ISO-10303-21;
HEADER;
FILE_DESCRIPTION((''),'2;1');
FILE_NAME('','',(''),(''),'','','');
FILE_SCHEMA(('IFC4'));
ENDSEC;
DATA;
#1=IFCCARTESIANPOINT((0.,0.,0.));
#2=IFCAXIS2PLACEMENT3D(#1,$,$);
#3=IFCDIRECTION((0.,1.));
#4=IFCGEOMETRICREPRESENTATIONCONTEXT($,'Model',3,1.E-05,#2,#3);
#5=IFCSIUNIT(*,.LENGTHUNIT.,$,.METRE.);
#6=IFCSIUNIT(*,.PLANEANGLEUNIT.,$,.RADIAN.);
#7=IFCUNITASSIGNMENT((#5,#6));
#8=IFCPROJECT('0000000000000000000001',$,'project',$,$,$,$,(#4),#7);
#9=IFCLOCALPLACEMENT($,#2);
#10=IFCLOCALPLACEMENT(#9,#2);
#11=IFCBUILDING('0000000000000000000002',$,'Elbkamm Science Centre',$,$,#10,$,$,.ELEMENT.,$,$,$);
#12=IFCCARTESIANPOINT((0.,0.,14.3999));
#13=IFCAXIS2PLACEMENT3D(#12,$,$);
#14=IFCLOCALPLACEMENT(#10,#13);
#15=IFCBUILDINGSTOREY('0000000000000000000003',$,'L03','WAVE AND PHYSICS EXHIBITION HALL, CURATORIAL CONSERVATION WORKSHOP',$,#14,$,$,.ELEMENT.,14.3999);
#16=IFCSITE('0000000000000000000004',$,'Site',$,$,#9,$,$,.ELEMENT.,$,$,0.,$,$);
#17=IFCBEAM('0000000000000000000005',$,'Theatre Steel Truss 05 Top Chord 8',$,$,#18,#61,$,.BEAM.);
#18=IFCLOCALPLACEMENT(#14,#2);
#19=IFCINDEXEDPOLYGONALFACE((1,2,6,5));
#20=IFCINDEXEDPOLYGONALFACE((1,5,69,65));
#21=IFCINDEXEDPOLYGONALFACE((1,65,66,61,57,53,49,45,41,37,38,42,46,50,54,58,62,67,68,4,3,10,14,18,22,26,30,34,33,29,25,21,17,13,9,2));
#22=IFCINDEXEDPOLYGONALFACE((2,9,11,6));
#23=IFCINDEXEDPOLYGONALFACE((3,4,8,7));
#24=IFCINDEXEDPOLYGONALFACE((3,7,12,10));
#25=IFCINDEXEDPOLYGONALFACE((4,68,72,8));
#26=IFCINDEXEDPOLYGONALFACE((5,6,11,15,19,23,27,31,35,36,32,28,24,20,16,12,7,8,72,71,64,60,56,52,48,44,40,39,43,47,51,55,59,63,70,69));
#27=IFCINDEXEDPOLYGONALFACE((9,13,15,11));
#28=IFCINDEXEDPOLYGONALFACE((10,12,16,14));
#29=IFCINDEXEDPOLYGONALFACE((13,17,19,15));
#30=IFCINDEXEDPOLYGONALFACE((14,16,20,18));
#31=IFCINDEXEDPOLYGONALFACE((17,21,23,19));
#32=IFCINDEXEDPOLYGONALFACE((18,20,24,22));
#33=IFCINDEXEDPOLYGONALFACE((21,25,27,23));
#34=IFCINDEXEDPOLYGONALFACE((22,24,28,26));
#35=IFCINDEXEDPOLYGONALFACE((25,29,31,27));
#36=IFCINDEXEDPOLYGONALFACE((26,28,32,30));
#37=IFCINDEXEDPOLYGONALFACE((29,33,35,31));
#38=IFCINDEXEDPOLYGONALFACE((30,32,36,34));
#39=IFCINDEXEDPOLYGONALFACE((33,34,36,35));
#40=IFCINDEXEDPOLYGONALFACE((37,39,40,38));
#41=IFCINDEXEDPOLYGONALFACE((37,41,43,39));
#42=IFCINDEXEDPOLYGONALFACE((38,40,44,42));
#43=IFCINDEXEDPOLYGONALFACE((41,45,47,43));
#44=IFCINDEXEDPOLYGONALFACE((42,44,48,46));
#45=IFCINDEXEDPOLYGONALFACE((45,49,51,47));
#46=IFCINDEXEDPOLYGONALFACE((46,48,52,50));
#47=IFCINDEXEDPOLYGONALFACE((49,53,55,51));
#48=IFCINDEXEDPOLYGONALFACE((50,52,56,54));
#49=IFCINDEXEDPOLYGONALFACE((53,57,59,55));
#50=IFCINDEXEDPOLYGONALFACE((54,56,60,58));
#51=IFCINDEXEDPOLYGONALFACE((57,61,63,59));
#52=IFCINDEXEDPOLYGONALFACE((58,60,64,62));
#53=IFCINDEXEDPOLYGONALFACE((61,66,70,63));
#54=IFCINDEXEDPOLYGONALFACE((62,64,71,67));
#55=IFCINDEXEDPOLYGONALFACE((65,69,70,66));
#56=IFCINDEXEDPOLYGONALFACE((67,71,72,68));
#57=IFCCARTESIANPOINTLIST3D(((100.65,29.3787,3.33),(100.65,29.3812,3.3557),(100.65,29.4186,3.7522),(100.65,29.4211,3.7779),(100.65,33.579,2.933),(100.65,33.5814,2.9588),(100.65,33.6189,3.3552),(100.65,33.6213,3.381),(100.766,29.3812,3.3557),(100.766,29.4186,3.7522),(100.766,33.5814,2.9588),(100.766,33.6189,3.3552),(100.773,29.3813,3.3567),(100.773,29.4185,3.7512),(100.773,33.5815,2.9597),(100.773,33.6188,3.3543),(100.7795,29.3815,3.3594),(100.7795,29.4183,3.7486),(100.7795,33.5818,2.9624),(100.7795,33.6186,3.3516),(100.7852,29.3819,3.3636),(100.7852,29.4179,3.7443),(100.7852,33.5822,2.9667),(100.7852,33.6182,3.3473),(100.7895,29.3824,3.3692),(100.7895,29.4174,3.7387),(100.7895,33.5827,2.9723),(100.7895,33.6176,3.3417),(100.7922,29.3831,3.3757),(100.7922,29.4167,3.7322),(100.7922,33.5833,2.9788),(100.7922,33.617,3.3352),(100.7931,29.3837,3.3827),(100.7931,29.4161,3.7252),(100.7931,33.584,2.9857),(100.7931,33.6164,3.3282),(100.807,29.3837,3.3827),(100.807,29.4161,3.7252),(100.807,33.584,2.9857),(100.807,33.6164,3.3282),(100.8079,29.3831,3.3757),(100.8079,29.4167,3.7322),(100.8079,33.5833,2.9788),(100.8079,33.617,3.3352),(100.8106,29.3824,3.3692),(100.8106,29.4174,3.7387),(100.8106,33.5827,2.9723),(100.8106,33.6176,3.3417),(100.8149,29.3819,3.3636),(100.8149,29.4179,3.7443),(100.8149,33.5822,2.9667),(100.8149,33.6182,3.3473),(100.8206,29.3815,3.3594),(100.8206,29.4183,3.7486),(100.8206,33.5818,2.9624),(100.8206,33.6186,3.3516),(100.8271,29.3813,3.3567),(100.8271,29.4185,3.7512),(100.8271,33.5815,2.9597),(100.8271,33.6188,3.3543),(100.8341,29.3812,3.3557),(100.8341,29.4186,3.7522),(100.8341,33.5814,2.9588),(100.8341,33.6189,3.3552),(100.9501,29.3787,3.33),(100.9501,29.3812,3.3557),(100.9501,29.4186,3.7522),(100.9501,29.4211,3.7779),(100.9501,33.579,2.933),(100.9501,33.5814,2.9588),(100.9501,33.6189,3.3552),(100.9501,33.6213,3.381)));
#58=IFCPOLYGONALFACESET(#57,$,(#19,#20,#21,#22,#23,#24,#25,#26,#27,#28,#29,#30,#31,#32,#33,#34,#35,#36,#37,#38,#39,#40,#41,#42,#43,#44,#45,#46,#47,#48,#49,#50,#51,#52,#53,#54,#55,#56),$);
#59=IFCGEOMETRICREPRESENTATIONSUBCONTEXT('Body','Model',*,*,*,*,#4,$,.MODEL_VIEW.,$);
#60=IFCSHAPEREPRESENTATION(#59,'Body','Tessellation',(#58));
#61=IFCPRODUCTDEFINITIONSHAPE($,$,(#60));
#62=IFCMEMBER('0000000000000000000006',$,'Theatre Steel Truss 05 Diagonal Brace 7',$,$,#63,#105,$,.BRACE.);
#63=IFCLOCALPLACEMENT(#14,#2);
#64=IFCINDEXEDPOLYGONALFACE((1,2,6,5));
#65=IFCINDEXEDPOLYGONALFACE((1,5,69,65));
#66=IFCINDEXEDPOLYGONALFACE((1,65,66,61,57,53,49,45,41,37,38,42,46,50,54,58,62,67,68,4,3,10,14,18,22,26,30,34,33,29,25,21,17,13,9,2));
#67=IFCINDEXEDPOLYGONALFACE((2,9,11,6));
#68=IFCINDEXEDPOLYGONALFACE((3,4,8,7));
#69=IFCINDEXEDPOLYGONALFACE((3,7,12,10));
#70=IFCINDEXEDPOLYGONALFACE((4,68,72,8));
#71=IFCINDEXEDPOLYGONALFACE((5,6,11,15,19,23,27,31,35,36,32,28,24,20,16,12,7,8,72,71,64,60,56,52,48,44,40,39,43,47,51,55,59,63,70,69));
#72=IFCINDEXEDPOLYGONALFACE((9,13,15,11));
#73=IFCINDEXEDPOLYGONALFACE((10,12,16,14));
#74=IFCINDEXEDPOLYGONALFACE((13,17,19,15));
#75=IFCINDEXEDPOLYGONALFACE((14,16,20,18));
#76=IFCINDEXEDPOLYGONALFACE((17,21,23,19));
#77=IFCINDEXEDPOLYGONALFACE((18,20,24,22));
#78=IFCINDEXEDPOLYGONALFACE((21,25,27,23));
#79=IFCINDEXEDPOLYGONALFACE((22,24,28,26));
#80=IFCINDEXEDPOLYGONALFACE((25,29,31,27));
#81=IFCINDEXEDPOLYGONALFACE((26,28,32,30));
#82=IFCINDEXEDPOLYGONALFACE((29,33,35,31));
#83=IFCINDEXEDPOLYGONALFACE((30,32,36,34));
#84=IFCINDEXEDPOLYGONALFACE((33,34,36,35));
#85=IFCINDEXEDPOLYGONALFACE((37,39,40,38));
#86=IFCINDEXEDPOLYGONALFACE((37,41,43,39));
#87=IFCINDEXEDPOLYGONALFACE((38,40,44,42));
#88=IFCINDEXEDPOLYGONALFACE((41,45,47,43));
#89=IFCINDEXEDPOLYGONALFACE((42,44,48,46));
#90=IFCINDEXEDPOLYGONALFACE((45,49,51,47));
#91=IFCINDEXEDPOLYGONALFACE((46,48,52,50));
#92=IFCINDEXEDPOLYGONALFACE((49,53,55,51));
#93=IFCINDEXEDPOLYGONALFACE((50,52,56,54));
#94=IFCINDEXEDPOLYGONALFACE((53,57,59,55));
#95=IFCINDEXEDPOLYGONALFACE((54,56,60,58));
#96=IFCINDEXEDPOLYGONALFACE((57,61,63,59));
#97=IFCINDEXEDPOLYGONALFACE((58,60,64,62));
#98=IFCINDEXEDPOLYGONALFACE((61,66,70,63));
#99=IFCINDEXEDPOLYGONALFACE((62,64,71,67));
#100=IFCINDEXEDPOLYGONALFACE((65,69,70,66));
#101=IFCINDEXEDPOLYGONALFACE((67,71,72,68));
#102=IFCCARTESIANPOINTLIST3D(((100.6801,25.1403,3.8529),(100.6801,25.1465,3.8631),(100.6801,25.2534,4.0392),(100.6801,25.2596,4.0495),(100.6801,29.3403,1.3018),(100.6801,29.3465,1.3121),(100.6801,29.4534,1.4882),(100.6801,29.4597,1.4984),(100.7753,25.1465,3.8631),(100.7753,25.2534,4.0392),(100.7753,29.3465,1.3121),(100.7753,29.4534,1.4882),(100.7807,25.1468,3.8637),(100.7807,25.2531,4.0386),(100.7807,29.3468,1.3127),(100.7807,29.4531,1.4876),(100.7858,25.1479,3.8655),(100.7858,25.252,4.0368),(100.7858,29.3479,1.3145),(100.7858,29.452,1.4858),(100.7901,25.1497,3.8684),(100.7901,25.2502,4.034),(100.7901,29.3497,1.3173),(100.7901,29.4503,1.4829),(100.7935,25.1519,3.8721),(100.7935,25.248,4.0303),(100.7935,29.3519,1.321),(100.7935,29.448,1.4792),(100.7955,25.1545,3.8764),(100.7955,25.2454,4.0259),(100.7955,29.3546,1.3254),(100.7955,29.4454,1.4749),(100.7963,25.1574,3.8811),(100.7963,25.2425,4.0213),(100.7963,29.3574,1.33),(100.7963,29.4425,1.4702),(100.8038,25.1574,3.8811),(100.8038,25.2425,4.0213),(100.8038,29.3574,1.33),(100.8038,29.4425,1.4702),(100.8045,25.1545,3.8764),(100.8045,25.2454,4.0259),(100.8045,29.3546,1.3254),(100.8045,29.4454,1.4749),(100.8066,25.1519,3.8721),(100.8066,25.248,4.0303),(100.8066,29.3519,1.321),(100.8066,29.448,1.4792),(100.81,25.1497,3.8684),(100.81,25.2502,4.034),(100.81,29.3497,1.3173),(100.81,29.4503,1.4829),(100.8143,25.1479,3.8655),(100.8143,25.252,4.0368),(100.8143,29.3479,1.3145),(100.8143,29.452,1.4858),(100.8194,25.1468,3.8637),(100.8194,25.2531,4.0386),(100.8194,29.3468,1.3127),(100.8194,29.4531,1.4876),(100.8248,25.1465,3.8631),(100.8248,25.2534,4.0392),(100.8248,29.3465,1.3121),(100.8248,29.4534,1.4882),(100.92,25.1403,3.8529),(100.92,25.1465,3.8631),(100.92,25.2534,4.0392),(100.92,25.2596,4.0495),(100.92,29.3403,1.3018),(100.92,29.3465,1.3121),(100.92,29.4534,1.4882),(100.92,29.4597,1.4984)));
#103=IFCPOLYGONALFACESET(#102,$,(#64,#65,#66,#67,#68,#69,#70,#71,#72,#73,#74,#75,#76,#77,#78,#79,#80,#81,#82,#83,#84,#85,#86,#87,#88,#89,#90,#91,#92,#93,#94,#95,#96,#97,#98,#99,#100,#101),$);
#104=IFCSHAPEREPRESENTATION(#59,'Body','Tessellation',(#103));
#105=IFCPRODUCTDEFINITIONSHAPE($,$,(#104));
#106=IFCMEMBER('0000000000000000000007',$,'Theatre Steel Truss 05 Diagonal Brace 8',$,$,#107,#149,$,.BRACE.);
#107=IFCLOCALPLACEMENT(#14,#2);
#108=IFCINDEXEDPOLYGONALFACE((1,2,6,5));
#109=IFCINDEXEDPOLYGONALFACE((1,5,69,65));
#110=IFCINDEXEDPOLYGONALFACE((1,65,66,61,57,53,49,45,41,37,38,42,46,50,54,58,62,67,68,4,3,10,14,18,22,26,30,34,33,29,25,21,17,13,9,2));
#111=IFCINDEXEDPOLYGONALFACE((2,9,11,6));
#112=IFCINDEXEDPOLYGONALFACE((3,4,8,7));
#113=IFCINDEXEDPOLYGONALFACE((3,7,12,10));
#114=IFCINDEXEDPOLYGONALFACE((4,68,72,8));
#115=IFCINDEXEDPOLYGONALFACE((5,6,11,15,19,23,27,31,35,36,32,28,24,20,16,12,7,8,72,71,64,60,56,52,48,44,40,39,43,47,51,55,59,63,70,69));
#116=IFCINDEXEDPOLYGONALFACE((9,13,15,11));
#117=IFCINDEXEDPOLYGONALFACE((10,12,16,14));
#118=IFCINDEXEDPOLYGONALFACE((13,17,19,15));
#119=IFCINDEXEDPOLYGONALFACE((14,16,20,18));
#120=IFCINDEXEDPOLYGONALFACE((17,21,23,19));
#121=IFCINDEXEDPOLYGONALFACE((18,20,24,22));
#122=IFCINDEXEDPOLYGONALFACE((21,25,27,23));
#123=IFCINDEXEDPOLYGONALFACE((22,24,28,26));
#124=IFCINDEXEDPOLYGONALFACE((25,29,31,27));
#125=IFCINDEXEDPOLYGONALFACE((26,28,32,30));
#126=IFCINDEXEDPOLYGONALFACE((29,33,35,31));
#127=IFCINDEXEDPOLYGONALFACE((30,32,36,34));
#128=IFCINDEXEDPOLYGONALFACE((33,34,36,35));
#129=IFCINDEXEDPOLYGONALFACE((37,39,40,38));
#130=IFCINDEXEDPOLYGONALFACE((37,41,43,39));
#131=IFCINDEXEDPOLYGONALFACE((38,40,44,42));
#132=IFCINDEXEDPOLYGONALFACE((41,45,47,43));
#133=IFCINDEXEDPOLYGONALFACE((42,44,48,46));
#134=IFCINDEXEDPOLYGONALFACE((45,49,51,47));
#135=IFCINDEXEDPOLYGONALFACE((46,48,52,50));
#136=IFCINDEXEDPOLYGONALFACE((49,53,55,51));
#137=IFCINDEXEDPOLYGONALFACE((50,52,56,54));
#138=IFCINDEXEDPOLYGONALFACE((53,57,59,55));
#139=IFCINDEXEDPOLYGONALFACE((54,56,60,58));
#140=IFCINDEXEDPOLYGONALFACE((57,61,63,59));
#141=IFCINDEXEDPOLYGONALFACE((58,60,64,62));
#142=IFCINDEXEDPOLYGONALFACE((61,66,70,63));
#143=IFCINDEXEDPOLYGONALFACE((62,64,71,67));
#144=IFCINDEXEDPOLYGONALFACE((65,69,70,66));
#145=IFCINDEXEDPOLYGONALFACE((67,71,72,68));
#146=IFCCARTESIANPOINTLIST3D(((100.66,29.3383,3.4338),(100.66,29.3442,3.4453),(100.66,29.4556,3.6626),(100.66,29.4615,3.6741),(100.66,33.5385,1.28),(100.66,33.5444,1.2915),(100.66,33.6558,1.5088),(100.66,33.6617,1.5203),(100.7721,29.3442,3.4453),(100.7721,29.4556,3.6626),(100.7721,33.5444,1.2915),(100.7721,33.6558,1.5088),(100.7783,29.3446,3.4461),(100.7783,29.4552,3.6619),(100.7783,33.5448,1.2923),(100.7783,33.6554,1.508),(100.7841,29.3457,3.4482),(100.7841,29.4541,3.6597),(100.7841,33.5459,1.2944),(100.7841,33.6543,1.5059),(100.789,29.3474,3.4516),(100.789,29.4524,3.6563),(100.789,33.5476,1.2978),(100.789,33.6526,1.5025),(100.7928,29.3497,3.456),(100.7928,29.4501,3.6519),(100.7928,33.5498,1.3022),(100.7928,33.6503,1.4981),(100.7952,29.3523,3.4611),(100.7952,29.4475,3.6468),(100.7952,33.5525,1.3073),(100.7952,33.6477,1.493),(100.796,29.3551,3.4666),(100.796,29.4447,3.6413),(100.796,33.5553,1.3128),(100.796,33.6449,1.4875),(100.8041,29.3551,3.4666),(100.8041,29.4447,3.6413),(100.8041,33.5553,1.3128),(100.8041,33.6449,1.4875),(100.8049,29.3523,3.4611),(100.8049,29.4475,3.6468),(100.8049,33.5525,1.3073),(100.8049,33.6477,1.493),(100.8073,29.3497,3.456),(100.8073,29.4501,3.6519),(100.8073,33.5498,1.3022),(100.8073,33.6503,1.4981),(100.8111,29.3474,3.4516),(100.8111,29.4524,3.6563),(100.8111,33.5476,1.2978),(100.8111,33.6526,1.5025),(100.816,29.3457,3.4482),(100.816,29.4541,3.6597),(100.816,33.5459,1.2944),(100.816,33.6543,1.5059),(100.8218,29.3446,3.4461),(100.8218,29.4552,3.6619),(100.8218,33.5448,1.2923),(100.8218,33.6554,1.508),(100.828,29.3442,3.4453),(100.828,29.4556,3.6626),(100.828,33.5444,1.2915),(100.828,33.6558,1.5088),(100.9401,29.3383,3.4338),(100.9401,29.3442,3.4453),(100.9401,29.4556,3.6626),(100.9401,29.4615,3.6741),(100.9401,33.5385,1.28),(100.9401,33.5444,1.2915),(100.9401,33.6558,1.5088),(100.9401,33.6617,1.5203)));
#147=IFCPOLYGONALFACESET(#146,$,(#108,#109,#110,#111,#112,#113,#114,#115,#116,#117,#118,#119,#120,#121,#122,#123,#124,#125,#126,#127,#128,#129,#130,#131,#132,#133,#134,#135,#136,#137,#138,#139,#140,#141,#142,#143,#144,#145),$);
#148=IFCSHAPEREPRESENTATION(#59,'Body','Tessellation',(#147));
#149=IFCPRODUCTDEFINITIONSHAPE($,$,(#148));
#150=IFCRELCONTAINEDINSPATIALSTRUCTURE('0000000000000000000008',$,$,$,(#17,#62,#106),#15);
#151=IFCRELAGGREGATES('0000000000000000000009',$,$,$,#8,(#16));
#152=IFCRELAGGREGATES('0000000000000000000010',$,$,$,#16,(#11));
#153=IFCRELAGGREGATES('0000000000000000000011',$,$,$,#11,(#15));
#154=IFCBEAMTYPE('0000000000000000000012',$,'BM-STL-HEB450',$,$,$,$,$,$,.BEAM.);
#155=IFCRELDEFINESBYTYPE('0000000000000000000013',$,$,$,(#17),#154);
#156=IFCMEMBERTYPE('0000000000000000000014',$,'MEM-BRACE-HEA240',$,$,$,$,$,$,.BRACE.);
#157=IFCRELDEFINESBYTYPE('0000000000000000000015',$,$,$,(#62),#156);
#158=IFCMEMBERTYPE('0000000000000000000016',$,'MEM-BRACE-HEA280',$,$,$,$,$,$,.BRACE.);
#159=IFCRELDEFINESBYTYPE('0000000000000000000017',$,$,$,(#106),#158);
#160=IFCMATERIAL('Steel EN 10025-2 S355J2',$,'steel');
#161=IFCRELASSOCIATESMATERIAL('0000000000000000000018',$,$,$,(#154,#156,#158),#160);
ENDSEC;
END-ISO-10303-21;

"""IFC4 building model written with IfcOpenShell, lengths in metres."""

from ifc_helpers import new_model, si_unit, direction, frame, origin, origin_2d, place, context, subcontext, project, spatial, i_section, extrude, material, material_profile, profile_set, type_object, element, save


model = new_model("IFC4")

# Units and contexts
model_context = context("Model", 3, precision=1e-05, world=origin(), true_north=direction((0.0, 1.0)))
body_context = subcontext(model_context, "Body", "Model", "MODEL_VIEW")
ifc_project = project(units=[si_unit("LENGTHUNIT", "METRE"), si_unit("PLANEANGLEUNIT", "RADIAN")], contexts=[model_context])

# Site, building, storey
site_placement = place(None, origin())
site = spatial("IfcSite", under=ifc_project, at=site_placement, Name="Site", CompositionType="ELEMENT", RefElevation=0.0)
building_placement = place(site_placement, origin())
building = spatial("IfcBuilding", under=site, at=building_placement, Name="Elbkamm Science Centre", CompositionType="ELEMENT")
storey_placement = place(building_placement, frame((0.0, 0.0, 14.3999)))
storey = spatial("IfcBuildingStorey", under=building, at=storey_placement, Name="L03", Description="WAVE AND PHYSICS EXHIBITION HALL, CURATORIAL CONSERVATION WORKSHOP", CompositionType="ELEMENT", Elevation=14.3999)

# Beam
ifc_material_1 = material(Name="Steel EN 10025-2 S355J2", Category="steel")
ifc_material_profile_1 = material_profile(ifc_material_1, i_section(OverallWidth=0.3, OverallDepth=0.45, WebThickness=0.0139, FlangeThickness=0.0259, FilletRadius=0.0271, at=origin_2d()), Name="HEB 450")
ifc_profile_set_1 = profile_set([ifc_material_profile_1], Name="Steel EN 10025-2 S355J2")
beam_type_1 = type_object("IfcBeamType", Name="BM-STL-HEB450", PredefinedType="BEAM", material=ifc_profile_set_1)
beam_1_placement = place(storey_placement, frame((100.8, 29.3999, 3.554), z_axis=(0.0, 0.995563, -0.094094), x_axis=(-1.0, 0.0, 0.0)))
element("IfcBeam", 1, at=beam_1_placement, inside=storey, type_object=beam_type_1, Name="Theatre Steel Truss 05 Top Chord 8", PredefinedType="BEAM", context=body_context, shape_type="SweptSolid", body=[
    extrude(i_section(OverallWidth=0.3, OverallDepth=0.45, WebThickness=0.0139, FlangeThickness=0.0259, FilletRadius=0.0271, at=origin_2d()), origin(), (0.0, 0.0, 1.0), 4.219),
])

# Members
ifc_material_profile_2 = material_profile(ifc_material_1, i_section(OverallWidth=0.24, OverallDepth=0.23, WebThickness=0.0076, FlangeThickness=0.012, FilletRadius=0.021, at=origin_2d()), Name="HEA 240")
ifc_profile_set_2 = profile_set([ifc_material_profile_2], Name="Steel EN 10025-2 S355J2")
member_type_1 = type_object("IfcMemberType", Name="MEM-BRACE-HEA240", PredefinedType="BRACE", material=ifc_profile_set_2)
member_1_placement = place(storey_placement, frame((100.8, 25.2, 3.9512), z_axis=(0.0, 0.854692, -0.519135), x_axis=(-1.0, 0.0, 0.0)))
element("IfcMember", 2, at=member_1_placement, inside=storey, type_object=member_type_1, Name="Theatre Steel Truss 05 Diagonal Brace 7", PredefinedType="BRACE", context=body_context, shape_type="SweptSolid", body=[
    extrude(i_section(OverallWidth=0.24, OverallDepth=0.23, WebThickness=0.0076, FlangeThickness=0.012, FilletRadius=0.021, at=origin_2d()), origin(), (0.0, 0.0, 1.0), 4.9141),
])
ifc_material_profile_3 = material_profile(ifc_material_1, i_section(OverallWidth=0.28, OverallDepth=0.27, WebThickness=0.0081, FlangeThickness=0.0129, FilletRadius=0.0239, at=origin_2d()), Name="HEA 280")
ifc_profile_set_3 = profile_set([ifc_material_profile_3], Name="Steel EN 10025-2 S355J2")
member_type_2 = type_object("IfcMemberType", Name="MEM-BRACE-HEA280", PredefinedType="BRACE", material=ifc_profile_set_3)
member_2_placement = place(storey_placement, frame((100.8, 29.3999, 3.554), z_axis=(0.0, 0.889829, -0.456294), x_axis=(-1.0, 0.0, 0.0)))
element("IfcMember", 3, at=member_2_placement, inside=storey, type_object=member_type_2, Name="Theatre Steel Truss 05 Diagonal Brace 8", PredefinedType="BRACE", context=body_context, shape_type="SweptSolid", body=[
    extrude(i_section(OverallWidth=0.28, OverallDepth=0.27, WebThickness=0.0081, FlangeThickness=0.0129, FilletRadius=0.0239, at=origin_2d()), origin(), (0.0, 0.0, 1.0), 4.7202),
])

save(model, "model.ifc")
